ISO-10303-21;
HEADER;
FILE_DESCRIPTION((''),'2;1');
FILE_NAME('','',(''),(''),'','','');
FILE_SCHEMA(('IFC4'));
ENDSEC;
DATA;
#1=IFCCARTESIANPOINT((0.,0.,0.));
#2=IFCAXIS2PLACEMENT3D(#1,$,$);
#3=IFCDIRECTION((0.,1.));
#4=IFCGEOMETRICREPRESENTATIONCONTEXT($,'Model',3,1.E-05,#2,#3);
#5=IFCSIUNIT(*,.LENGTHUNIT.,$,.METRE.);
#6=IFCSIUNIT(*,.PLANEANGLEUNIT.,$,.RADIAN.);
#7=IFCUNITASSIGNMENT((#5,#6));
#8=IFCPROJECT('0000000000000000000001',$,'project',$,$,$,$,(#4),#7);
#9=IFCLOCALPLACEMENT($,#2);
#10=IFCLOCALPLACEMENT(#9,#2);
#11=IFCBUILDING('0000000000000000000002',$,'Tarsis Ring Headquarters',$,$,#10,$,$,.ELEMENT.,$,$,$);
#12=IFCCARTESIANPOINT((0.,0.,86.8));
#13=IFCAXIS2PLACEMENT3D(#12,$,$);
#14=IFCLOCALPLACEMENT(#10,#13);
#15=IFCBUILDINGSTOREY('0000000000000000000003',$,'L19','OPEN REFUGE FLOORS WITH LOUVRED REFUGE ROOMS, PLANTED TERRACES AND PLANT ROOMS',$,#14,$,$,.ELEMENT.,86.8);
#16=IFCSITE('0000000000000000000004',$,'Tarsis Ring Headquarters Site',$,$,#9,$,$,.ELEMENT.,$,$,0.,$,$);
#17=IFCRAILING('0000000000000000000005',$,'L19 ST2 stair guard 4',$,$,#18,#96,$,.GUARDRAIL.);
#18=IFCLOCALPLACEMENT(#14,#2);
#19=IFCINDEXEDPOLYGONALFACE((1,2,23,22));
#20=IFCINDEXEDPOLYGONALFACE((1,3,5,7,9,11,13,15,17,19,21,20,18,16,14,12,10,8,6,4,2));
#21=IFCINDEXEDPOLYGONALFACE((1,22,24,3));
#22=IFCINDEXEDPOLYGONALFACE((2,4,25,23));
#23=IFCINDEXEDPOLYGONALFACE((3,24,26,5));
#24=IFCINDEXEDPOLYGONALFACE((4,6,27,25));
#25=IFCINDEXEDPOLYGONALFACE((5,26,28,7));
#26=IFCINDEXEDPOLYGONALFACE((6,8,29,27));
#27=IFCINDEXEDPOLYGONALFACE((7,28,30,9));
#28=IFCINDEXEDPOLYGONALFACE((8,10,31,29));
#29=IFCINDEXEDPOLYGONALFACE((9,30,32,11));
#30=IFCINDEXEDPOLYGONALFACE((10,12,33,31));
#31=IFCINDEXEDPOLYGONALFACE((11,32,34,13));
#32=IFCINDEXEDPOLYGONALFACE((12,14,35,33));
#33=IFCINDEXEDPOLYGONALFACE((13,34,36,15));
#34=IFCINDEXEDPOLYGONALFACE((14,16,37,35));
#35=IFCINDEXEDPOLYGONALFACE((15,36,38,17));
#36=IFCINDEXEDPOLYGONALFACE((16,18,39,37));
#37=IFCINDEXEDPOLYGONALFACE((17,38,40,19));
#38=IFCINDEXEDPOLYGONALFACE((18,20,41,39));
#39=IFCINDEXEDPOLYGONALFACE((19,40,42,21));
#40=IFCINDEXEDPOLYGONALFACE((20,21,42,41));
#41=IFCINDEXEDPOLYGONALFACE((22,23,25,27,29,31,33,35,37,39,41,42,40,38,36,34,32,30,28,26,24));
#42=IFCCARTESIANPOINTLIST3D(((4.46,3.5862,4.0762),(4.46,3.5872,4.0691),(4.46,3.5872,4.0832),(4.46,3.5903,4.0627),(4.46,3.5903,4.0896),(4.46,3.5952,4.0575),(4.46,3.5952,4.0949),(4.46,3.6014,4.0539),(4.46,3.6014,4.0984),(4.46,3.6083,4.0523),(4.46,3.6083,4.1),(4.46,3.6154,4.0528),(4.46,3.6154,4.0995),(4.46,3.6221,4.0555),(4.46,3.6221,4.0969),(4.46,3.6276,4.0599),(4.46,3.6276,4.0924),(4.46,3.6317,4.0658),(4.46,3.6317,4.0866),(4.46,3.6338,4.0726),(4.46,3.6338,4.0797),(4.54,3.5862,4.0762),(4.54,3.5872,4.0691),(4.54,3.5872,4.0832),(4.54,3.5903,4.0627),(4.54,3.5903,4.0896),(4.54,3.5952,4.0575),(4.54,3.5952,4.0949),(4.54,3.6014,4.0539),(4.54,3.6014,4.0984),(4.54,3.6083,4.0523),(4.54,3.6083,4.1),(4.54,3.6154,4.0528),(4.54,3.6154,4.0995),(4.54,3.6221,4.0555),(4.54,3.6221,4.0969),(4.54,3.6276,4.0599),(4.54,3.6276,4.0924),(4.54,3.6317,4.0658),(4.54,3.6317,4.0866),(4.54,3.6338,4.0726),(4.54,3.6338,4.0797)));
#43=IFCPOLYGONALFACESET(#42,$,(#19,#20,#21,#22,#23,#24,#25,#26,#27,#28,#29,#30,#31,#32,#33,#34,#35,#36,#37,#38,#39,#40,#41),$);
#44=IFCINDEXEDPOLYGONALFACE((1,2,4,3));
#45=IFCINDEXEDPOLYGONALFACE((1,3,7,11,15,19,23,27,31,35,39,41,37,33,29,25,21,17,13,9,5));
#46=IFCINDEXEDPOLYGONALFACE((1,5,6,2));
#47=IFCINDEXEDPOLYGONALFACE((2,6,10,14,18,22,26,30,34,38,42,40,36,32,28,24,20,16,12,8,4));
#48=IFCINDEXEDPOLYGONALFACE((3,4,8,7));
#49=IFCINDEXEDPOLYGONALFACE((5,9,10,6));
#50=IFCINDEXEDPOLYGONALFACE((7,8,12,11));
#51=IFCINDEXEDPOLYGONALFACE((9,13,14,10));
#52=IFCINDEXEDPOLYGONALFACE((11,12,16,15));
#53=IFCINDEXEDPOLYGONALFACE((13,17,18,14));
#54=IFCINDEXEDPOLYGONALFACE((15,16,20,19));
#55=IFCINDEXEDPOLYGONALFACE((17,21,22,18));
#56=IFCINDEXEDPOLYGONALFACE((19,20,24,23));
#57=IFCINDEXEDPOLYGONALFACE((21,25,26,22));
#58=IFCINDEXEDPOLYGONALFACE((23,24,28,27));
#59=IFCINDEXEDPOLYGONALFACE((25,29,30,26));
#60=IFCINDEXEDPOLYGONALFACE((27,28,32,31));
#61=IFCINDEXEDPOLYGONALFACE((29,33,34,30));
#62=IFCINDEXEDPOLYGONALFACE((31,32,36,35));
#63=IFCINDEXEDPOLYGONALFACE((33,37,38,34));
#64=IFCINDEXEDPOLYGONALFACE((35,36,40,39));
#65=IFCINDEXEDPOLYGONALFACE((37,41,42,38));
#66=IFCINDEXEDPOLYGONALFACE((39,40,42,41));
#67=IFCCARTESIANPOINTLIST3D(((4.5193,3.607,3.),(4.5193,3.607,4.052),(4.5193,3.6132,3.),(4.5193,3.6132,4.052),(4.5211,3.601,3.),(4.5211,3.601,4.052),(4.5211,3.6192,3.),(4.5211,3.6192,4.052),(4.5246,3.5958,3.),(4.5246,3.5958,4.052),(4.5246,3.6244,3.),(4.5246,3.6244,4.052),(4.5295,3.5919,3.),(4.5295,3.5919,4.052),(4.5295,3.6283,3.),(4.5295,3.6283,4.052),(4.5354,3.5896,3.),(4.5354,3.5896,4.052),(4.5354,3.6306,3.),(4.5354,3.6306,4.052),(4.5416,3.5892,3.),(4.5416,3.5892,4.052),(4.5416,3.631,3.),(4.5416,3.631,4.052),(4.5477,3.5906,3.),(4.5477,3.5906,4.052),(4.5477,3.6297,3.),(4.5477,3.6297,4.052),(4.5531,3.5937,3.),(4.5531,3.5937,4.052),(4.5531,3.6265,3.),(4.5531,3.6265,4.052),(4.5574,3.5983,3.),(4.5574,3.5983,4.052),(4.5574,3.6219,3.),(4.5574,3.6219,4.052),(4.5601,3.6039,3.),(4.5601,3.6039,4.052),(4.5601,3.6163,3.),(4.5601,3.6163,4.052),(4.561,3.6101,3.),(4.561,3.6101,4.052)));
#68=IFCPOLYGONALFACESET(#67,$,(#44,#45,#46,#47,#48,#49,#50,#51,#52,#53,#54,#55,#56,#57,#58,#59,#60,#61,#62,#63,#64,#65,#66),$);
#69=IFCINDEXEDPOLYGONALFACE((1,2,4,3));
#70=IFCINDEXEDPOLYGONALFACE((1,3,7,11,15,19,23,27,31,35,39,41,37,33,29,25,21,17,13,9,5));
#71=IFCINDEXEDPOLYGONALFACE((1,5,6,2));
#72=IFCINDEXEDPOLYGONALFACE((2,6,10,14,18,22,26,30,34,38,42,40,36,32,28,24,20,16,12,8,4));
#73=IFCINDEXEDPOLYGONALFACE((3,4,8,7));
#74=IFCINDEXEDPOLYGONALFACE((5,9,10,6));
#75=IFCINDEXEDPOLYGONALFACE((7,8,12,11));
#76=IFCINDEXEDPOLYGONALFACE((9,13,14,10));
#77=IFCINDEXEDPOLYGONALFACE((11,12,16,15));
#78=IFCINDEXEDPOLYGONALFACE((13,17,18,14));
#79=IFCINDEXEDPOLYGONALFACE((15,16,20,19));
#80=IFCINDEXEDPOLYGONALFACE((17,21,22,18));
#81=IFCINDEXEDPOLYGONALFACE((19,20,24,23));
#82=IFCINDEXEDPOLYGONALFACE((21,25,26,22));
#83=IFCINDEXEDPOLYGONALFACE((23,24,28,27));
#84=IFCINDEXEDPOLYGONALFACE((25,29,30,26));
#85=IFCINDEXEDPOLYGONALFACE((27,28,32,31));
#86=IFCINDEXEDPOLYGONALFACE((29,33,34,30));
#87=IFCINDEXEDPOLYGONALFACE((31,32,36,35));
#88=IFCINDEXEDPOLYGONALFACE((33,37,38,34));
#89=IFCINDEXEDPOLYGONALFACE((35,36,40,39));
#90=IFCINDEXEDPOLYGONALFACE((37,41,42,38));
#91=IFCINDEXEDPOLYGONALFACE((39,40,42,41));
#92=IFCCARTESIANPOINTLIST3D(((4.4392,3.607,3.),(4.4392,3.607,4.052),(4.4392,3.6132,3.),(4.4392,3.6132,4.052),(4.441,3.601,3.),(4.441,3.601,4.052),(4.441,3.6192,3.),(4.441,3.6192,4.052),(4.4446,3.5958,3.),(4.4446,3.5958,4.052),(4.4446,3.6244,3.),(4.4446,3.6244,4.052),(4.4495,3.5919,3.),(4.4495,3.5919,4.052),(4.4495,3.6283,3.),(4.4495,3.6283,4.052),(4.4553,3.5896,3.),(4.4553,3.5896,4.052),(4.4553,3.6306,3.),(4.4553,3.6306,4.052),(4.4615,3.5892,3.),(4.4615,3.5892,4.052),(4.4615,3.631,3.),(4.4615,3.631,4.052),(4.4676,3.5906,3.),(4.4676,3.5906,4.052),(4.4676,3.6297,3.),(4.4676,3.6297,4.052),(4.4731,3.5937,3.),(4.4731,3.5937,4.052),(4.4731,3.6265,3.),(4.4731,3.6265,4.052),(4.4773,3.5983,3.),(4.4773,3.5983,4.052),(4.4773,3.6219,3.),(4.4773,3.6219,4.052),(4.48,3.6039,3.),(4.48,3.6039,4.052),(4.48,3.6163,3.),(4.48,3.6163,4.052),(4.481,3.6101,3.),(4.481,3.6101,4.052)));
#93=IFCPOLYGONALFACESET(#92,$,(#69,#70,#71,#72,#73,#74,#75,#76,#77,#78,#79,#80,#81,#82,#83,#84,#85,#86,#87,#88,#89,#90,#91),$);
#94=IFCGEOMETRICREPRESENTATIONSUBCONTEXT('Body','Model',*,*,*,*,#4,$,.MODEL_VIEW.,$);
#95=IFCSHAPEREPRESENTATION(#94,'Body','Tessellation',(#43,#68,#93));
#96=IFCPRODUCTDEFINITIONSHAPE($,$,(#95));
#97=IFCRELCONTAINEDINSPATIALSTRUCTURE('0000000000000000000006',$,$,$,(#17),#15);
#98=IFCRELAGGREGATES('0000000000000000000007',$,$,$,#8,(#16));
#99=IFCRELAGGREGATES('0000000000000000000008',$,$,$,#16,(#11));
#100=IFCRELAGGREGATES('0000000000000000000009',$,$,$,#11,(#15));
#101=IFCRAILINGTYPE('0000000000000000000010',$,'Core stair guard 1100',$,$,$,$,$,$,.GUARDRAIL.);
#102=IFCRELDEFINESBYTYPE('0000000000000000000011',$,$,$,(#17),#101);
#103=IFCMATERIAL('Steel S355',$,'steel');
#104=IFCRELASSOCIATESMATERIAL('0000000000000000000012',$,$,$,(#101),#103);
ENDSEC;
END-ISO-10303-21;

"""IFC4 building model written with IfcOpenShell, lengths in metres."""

from ifc_helpers import new_model, si_unit, direction, frame, origin, origin_2d, place, context, subcontext, project, spatial, circle, extrude, material, type_object, element, save


model = new_model("IFC4")

# Units and contexts
model_context = context("Model", 3, precision=1e-05, world=origin(), true_north=direction((0.0, 1.0)))
body_context = subcontext(model_context, "Body", "Model", "MODEL_VIEW")
ifc_project = project(units=[si_unit("LENGTHUNIT", "METRE"), si_unit("PLANEANGLEUNIT", "RADIAN")], contexts=[model_context])

# Site, building, storey
site_placement = place(None, origin())
site = spatial("IfcSite", under=ifc_project, at=site_placement, Name="Tarsis Ring Headquarters Site", CompositionType="ELEMENT", RefElevation=0.0)
building_placement = place(site_placement, origin())
building = spatial("IfcBuilding", under=site, at=building_placement, Name="Tarsis Ring Headquarters", CompositionType="ELEMENT")
storey_placement = place(building_placement, frame((0.0, 0.0, 86.8)))
storey = spatial("IfcBuildingStorey", under=building, at=storey_placement, Name="L19", Description="OPEN REFUGE FLOORS WITH LOUVRED REFUGE ROOMS, PLANTED TERRACES AND PLANT ROOMS", CompositionType="ELEMENT", Elevation=86.8)

# Railing
ifc_material_1 = material(Name="Steel S355", Category="steel")
railing_type_1 = type_object("IfcRailingType", Name="Core stair guard 1100", PredefinedType="GUARDRAIL", material=ifc_material_1)
railing_1_placement = place(storey_placement, frame((4.54, 3.6101, 3.0)))
element("IfcRailing", 1, at=railing_1_placement, inside=storey, type_object=railing_type_1, Name="L19 ST2 stair guard 4", PredefinedType="GUARDRAIL", context=body_context, shape_type="SweptSolid", body=[
    extrude(circle(Radius=0.0239, at=origin_2d()), frame((0.0, 0.0, 1.0762), z_axis=(-1.0, 0.0, 0.0), x_axis=(0.0, -1.0, 0.0)), (0.0, 0.0, 1.0), 0.0801),
    extrude(circle(Radius=0.021, at=origin_2d()), origin(), (0.0, 0.0, 1.0), 1.052),
    extrude(circle(Radius=0.021, at=origin_2d()), frame((-0.0801, 0.0, 0.0)), (0.0, 0.0, 1.0), 1.052),
])

save(model, "model.ifc")
